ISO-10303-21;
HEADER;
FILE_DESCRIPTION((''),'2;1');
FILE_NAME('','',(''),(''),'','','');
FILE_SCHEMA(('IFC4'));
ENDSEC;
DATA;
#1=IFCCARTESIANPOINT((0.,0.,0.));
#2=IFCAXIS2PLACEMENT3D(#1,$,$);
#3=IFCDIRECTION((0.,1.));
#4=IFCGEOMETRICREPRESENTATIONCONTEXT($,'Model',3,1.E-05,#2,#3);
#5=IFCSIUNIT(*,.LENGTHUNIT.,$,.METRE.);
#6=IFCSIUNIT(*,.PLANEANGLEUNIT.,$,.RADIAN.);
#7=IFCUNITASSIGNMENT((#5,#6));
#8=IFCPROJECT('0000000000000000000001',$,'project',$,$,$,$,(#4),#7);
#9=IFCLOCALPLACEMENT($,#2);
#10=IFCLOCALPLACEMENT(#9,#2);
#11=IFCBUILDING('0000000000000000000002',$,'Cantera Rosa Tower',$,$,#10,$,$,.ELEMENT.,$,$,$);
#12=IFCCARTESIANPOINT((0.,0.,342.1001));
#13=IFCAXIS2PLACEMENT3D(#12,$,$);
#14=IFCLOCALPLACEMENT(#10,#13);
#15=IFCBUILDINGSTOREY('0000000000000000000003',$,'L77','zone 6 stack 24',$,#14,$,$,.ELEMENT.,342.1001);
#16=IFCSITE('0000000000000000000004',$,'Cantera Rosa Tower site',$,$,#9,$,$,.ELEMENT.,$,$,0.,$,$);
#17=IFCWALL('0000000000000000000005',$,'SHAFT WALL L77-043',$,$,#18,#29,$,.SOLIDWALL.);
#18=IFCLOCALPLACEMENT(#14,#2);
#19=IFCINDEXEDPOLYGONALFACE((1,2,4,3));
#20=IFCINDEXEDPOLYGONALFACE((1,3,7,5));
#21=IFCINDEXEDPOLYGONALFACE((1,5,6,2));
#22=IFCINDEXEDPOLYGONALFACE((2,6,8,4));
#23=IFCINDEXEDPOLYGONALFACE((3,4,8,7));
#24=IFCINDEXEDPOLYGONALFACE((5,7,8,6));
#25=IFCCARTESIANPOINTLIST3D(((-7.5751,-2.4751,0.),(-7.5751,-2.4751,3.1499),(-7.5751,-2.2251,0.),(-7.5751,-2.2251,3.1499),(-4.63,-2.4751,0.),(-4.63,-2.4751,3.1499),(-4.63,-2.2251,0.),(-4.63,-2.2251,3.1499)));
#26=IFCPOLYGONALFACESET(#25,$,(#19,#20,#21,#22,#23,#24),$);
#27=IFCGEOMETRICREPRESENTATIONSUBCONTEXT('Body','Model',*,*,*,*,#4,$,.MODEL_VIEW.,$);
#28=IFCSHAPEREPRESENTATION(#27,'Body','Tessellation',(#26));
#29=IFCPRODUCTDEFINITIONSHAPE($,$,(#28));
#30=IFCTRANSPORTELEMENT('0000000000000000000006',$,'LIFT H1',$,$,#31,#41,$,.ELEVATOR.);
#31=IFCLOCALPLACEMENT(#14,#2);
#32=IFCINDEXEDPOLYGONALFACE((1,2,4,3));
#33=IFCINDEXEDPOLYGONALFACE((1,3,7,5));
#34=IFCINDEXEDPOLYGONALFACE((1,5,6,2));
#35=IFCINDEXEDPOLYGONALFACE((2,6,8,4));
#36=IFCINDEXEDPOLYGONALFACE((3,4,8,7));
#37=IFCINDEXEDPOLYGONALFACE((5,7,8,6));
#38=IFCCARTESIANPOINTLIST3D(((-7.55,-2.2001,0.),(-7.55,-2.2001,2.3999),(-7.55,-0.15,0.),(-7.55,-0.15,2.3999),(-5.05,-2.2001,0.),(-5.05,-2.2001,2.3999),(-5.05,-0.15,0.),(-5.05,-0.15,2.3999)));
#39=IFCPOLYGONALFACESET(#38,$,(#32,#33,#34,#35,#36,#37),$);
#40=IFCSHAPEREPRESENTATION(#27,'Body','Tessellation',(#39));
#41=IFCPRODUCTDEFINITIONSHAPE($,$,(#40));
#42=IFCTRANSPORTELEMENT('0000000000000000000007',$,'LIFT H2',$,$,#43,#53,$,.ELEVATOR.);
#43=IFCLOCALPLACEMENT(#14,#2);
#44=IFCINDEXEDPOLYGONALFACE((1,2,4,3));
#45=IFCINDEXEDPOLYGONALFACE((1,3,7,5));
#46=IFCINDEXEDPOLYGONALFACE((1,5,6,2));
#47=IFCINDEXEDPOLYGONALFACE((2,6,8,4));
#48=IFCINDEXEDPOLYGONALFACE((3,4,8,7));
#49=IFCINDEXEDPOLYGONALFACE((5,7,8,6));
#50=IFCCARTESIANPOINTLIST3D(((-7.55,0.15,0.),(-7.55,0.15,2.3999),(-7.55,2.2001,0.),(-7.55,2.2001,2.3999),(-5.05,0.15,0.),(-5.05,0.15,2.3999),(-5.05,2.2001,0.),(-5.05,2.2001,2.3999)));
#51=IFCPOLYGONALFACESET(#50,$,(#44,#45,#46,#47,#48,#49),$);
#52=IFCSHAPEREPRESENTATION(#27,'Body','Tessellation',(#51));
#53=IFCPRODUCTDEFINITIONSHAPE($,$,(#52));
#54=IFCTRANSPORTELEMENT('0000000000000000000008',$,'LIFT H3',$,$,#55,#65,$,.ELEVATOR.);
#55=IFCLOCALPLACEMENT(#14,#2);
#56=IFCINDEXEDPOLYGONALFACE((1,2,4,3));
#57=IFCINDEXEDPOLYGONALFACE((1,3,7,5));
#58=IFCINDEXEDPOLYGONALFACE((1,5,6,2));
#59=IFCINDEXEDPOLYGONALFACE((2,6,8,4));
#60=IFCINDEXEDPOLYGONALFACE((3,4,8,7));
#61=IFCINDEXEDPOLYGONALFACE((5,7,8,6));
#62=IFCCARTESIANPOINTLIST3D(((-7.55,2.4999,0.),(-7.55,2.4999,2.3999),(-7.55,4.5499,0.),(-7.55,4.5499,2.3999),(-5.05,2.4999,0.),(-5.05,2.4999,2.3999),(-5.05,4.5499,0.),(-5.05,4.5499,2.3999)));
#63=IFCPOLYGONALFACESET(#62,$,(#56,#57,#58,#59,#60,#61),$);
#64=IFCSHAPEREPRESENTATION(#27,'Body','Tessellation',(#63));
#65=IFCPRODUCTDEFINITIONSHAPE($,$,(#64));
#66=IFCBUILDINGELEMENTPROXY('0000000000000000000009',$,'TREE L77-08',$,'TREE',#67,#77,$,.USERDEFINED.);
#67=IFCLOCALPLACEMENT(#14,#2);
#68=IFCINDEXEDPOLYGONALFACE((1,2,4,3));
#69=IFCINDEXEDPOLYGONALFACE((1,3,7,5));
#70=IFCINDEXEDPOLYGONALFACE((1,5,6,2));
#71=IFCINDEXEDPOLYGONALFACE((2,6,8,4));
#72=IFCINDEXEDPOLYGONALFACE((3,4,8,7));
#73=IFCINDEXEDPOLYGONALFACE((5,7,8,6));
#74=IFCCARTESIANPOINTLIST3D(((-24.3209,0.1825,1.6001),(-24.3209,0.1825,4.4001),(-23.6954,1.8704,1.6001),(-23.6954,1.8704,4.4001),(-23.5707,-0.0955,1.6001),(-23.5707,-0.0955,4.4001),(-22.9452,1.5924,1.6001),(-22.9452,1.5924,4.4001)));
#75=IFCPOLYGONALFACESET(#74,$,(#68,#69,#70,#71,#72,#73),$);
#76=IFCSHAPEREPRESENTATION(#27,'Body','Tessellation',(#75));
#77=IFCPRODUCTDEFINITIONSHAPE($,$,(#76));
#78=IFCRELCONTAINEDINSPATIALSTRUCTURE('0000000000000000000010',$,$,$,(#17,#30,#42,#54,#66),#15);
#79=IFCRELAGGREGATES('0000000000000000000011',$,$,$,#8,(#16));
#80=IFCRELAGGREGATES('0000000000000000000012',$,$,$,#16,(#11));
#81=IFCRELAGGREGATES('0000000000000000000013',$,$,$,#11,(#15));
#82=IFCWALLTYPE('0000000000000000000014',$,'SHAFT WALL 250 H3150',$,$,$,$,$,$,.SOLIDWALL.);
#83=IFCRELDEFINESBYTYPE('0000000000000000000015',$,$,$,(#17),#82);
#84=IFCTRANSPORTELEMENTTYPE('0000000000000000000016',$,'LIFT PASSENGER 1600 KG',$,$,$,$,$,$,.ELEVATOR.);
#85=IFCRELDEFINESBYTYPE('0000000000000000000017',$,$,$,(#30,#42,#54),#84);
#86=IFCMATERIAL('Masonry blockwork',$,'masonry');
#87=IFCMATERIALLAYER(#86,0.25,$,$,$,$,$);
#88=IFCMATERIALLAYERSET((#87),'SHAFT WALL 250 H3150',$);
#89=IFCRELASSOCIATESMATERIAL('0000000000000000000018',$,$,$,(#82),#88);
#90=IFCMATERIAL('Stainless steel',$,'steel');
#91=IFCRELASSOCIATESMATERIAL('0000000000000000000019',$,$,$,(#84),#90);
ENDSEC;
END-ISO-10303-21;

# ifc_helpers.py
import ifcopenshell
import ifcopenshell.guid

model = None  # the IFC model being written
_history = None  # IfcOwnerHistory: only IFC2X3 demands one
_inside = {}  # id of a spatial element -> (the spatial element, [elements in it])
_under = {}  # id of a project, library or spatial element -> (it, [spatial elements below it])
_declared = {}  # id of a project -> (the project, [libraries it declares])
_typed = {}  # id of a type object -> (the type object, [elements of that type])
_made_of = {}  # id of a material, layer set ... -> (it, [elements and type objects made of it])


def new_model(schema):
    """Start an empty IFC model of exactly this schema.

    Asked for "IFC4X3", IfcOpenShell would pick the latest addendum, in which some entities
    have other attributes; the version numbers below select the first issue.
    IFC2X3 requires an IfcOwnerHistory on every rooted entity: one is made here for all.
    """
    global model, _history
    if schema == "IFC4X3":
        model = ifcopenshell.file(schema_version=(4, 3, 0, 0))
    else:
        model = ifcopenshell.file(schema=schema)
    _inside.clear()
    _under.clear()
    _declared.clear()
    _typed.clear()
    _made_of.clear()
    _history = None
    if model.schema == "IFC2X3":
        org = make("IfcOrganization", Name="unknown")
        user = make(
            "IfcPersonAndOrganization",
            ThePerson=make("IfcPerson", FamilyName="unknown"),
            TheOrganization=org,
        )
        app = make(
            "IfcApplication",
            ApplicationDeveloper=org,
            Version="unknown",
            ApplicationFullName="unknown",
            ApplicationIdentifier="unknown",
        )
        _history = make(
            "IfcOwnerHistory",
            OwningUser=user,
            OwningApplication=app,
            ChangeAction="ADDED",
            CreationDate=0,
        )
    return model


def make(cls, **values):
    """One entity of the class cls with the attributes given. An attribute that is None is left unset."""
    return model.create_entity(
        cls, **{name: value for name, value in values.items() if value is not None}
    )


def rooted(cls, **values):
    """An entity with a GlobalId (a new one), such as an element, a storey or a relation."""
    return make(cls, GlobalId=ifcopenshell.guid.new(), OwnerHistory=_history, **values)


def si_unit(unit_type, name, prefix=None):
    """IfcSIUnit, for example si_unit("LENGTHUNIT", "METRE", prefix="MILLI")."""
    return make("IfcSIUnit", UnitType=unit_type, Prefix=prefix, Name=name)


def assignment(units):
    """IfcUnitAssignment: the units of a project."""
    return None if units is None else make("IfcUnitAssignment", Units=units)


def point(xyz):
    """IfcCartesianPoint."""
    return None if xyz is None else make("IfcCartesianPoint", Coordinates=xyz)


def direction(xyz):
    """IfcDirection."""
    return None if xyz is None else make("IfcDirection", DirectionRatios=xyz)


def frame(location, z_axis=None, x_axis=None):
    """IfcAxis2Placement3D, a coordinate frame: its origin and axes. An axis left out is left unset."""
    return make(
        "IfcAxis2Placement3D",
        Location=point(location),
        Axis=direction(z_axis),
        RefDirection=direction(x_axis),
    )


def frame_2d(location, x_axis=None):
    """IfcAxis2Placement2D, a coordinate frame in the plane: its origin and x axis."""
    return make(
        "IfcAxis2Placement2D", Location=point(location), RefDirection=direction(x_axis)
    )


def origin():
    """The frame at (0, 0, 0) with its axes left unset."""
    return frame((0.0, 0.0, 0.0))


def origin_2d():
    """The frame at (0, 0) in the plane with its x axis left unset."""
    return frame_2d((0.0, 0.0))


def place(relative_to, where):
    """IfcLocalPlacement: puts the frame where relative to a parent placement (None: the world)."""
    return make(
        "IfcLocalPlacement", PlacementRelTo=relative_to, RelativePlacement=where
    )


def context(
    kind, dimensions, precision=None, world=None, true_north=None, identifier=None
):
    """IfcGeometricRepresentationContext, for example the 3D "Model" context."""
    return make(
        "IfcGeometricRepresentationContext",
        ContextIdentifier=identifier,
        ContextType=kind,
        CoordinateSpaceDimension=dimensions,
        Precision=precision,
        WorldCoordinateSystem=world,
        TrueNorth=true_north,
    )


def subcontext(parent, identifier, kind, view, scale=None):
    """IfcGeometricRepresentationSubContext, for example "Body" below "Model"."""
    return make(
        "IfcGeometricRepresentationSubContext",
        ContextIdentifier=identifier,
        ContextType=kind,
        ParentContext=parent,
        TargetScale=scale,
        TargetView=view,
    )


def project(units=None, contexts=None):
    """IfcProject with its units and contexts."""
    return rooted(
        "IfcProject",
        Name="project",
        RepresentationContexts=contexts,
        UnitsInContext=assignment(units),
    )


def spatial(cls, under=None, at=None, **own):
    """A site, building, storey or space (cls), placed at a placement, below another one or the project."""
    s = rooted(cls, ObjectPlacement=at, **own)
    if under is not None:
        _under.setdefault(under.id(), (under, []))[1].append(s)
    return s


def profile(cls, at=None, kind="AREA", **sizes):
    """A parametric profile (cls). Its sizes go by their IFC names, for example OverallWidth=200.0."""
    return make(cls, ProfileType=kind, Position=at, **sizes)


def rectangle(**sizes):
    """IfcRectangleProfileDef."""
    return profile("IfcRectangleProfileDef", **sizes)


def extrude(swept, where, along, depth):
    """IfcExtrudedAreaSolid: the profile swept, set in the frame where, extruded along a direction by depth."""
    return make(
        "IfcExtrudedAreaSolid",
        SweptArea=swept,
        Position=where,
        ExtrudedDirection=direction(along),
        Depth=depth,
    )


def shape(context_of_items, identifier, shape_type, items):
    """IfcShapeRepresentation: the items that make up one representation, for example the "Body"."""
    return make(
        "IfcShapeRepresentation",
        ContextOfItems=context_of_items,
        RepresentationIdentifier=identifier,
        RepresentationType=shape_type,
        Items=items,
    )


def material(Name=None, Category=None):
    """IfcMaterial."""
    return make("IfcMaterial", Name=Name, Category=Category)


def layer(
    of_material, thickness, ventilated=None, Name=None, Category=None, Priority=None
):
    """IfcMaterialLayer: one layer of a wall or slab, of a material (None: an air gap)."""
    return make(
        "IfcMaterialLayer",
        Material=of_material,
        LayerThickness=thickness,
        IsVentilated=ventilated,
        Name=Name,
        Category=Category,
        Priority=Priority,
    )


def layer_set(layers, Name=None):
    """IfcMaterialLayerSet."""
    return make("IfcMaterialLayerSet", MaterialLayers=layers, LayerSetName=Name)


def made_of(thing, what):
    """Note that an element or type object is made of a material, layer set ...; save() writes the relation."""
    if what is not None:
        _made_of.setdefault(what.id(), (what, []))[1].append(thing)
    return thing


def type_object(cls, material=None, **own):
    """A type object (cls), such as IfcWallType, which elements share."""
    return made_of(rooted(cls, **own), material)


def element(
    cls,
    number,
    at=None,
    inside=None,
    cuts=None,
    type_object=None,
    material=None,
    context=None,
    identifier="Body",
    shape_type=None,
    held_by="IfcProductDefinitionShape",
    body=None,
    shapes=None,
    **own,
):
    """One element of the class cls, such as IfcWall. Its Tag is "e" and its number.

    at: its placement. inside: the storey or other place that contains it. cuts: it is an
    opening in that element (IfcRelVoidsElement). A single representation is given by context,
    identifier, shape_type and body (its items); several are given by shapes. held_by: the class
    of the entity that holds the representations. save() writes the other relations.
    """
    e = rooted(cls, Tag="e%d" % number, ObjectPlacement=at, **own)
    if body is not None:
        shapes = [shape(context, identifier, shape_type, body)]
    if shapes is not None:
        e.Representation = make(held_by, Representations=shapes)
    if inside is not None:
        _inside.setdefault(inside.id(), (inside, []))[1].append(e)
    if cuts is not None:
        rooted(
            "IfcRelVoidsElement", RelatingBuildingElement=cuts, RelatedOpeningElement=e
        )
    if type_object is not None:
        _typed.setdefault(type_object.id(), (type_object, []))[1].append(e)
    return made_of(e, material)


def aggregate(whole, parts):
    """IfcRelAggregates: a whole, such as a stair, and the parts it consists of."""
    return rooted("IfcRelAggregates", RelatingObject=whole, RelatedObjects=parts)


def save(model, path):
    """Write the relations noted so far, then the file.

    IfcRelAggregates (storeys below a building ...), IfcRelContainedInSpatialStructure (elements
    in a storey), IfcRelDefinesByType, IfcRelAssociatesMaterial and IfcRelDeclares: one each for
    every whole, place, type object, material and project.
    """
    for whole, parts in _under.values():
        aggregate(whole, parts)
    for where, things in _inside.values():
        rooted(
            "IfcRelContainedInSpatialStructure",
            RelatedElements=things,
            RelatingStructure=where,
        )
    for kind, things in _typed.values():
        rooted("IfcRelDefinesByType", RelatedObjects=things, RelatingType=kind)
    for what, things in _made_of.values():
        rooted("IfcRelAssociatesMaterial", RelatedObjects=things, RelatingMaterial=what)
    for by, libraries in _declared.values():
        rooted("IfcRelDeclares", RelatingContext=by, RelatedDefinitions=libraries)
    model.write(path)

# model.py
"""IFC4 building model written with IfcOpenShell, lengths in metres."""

from ifc_helpers import new_model, si_unit, direction, frame, frame_2d, origin, origin_2d, place, context, subcontext, project, spatial, rectangle, extrude, material, layer, layer_set, type_object, element, save


model = new_model("IFC4")

# Units and contexts
model_context = context("Model", 3, precision=1e-05, world=origin(), true_north=direction((0.0, 1.0)))
body_context = subcontext(model_context, "Body", "Model", "MODEL_VIEW")
ifc_project = project(units=[si_unit("LENGTHUNIT", "METRE"), si_unit("PLANEANGLEUNIT", "RADIAN")], contexts=[model_context])

# Site, building, storey
site_placement = place(None, origin())
site = spatial("IfcSite", under=ifc_project, at=site_placement, Name="Cantera Rosa Tower site", CompositionType="ELEMENT", RefElevation=0.0)
building_placement = place(site_placement, origin())
building = spatial("IfcBuilding", under=site, at=building_placement, Name="Cantera Rosa Tower", CompositionType="ELEMENT")
storey_placement = place(building_placement, frame((0.0, 0.0, 342.1001)))
storey = spatial("IfcBuildingStorey", under=building, at=storey_placement, Name="L77", Description="zone 6 stack 24", CompositionType="ELEMENT", Elevation=342.1001)

# Wall
ifc_material_1 = material(Name="Masonry blockwork", Category="masonry")
ifc_layer_1 = layer(ifc_material_1, 0.25)
ifc_layer_set_1 = layer_set([ifc_layer_1], Name="SHAFT WALL 250 H3150")
wall_type_1 = type_object("IfcWallType", Name="SHAFT WALL 250 H3150", PredefinedType="SOLIDWALL", material=ifc_layer_set_1)
wall_1_placement = place(storey_placement, frame((-4.6299, -2.3501, 0.0), z_axis=(0.0, 0.0, 1.0), x_axis=(-1.0, 0.0, 0.0)))
element("IfcWall", 1, at=wall_1_placement, inside=storey, type_object=wall_type_1, Name="SHAFT WALL L77-043", PredefinedType="SOLIDWALL", context=body_context, shape_type="SweptSolid", body=[
    extrude(rectangle(XDim=2.9451, YDim=0.25, at=frame_2d((1.4727, 0.0))), origin(), (0.0, 0.0, 1.0), 3.1499),
])

# Transport elements
ifc_material_2 = material(Name="Stainless steel", Category="steel")
transport_element_type = type_object("IfcTransportElementType", Name="LIFT PASSENGER 1600 KG", PredefinedType="ELEVATOR", material=ifc_material_2)
for number, where, z_axis, x_axis, name in (
    (2, (-6.3, -1.175, 0.0), (0.0, 0.0, 1.0), (1.0, 0.0, 0.0), "LIFT H1"),
    (3, (-6.3, 1.175, 0.0), (0.0, 0.0, 1.0), (1.0, 0.0, 0.0), "LIFT H2"),
    (4, (-6.3, 3.5249, 0.0), (0.0, 0.0, 1.0), (1.0, 0.0, 0.0), "LIFT H3"),
):
    element("IfcTransportElement", number, at=place(storey_placement, frame(where, z_axis=z_axis, x_axis=x_axis)), inside=storey, type_object=transport_element_type, Name=name, PredefinedType="ELEVATOR", context=body_context, shape_type="SweptSolid", body=[
        extrude(rectangle(XDim=2.5, YDim=2.05, at=origin_2d()), origin(), (0.0, 0.0, 1.0), 2.3999),
    ])

# Building element proxy
proxy_placement = place(storey_placement, frame((-23.6331, 0.8875, 1.6001), z_axis=(0.0, 0.0, 1.0), x_axis=(-0.347481, -0.937687, 0.0)))
element("IfcBuildingElementProxy", 5, at=proxy_placement, inside=storey, Name="TREE L77-08", ObjectType="TREE", PredefinedType="USERDEFINED", context=body_context, shape_type="SweptSolid", body=[
    extrude(rectangle(XDim=1.8, YDim=0.8, at=origin_2d()), origin(), (0.0, 0.0, 1.0), 2.8),
])

save(model, "model.ifc")
